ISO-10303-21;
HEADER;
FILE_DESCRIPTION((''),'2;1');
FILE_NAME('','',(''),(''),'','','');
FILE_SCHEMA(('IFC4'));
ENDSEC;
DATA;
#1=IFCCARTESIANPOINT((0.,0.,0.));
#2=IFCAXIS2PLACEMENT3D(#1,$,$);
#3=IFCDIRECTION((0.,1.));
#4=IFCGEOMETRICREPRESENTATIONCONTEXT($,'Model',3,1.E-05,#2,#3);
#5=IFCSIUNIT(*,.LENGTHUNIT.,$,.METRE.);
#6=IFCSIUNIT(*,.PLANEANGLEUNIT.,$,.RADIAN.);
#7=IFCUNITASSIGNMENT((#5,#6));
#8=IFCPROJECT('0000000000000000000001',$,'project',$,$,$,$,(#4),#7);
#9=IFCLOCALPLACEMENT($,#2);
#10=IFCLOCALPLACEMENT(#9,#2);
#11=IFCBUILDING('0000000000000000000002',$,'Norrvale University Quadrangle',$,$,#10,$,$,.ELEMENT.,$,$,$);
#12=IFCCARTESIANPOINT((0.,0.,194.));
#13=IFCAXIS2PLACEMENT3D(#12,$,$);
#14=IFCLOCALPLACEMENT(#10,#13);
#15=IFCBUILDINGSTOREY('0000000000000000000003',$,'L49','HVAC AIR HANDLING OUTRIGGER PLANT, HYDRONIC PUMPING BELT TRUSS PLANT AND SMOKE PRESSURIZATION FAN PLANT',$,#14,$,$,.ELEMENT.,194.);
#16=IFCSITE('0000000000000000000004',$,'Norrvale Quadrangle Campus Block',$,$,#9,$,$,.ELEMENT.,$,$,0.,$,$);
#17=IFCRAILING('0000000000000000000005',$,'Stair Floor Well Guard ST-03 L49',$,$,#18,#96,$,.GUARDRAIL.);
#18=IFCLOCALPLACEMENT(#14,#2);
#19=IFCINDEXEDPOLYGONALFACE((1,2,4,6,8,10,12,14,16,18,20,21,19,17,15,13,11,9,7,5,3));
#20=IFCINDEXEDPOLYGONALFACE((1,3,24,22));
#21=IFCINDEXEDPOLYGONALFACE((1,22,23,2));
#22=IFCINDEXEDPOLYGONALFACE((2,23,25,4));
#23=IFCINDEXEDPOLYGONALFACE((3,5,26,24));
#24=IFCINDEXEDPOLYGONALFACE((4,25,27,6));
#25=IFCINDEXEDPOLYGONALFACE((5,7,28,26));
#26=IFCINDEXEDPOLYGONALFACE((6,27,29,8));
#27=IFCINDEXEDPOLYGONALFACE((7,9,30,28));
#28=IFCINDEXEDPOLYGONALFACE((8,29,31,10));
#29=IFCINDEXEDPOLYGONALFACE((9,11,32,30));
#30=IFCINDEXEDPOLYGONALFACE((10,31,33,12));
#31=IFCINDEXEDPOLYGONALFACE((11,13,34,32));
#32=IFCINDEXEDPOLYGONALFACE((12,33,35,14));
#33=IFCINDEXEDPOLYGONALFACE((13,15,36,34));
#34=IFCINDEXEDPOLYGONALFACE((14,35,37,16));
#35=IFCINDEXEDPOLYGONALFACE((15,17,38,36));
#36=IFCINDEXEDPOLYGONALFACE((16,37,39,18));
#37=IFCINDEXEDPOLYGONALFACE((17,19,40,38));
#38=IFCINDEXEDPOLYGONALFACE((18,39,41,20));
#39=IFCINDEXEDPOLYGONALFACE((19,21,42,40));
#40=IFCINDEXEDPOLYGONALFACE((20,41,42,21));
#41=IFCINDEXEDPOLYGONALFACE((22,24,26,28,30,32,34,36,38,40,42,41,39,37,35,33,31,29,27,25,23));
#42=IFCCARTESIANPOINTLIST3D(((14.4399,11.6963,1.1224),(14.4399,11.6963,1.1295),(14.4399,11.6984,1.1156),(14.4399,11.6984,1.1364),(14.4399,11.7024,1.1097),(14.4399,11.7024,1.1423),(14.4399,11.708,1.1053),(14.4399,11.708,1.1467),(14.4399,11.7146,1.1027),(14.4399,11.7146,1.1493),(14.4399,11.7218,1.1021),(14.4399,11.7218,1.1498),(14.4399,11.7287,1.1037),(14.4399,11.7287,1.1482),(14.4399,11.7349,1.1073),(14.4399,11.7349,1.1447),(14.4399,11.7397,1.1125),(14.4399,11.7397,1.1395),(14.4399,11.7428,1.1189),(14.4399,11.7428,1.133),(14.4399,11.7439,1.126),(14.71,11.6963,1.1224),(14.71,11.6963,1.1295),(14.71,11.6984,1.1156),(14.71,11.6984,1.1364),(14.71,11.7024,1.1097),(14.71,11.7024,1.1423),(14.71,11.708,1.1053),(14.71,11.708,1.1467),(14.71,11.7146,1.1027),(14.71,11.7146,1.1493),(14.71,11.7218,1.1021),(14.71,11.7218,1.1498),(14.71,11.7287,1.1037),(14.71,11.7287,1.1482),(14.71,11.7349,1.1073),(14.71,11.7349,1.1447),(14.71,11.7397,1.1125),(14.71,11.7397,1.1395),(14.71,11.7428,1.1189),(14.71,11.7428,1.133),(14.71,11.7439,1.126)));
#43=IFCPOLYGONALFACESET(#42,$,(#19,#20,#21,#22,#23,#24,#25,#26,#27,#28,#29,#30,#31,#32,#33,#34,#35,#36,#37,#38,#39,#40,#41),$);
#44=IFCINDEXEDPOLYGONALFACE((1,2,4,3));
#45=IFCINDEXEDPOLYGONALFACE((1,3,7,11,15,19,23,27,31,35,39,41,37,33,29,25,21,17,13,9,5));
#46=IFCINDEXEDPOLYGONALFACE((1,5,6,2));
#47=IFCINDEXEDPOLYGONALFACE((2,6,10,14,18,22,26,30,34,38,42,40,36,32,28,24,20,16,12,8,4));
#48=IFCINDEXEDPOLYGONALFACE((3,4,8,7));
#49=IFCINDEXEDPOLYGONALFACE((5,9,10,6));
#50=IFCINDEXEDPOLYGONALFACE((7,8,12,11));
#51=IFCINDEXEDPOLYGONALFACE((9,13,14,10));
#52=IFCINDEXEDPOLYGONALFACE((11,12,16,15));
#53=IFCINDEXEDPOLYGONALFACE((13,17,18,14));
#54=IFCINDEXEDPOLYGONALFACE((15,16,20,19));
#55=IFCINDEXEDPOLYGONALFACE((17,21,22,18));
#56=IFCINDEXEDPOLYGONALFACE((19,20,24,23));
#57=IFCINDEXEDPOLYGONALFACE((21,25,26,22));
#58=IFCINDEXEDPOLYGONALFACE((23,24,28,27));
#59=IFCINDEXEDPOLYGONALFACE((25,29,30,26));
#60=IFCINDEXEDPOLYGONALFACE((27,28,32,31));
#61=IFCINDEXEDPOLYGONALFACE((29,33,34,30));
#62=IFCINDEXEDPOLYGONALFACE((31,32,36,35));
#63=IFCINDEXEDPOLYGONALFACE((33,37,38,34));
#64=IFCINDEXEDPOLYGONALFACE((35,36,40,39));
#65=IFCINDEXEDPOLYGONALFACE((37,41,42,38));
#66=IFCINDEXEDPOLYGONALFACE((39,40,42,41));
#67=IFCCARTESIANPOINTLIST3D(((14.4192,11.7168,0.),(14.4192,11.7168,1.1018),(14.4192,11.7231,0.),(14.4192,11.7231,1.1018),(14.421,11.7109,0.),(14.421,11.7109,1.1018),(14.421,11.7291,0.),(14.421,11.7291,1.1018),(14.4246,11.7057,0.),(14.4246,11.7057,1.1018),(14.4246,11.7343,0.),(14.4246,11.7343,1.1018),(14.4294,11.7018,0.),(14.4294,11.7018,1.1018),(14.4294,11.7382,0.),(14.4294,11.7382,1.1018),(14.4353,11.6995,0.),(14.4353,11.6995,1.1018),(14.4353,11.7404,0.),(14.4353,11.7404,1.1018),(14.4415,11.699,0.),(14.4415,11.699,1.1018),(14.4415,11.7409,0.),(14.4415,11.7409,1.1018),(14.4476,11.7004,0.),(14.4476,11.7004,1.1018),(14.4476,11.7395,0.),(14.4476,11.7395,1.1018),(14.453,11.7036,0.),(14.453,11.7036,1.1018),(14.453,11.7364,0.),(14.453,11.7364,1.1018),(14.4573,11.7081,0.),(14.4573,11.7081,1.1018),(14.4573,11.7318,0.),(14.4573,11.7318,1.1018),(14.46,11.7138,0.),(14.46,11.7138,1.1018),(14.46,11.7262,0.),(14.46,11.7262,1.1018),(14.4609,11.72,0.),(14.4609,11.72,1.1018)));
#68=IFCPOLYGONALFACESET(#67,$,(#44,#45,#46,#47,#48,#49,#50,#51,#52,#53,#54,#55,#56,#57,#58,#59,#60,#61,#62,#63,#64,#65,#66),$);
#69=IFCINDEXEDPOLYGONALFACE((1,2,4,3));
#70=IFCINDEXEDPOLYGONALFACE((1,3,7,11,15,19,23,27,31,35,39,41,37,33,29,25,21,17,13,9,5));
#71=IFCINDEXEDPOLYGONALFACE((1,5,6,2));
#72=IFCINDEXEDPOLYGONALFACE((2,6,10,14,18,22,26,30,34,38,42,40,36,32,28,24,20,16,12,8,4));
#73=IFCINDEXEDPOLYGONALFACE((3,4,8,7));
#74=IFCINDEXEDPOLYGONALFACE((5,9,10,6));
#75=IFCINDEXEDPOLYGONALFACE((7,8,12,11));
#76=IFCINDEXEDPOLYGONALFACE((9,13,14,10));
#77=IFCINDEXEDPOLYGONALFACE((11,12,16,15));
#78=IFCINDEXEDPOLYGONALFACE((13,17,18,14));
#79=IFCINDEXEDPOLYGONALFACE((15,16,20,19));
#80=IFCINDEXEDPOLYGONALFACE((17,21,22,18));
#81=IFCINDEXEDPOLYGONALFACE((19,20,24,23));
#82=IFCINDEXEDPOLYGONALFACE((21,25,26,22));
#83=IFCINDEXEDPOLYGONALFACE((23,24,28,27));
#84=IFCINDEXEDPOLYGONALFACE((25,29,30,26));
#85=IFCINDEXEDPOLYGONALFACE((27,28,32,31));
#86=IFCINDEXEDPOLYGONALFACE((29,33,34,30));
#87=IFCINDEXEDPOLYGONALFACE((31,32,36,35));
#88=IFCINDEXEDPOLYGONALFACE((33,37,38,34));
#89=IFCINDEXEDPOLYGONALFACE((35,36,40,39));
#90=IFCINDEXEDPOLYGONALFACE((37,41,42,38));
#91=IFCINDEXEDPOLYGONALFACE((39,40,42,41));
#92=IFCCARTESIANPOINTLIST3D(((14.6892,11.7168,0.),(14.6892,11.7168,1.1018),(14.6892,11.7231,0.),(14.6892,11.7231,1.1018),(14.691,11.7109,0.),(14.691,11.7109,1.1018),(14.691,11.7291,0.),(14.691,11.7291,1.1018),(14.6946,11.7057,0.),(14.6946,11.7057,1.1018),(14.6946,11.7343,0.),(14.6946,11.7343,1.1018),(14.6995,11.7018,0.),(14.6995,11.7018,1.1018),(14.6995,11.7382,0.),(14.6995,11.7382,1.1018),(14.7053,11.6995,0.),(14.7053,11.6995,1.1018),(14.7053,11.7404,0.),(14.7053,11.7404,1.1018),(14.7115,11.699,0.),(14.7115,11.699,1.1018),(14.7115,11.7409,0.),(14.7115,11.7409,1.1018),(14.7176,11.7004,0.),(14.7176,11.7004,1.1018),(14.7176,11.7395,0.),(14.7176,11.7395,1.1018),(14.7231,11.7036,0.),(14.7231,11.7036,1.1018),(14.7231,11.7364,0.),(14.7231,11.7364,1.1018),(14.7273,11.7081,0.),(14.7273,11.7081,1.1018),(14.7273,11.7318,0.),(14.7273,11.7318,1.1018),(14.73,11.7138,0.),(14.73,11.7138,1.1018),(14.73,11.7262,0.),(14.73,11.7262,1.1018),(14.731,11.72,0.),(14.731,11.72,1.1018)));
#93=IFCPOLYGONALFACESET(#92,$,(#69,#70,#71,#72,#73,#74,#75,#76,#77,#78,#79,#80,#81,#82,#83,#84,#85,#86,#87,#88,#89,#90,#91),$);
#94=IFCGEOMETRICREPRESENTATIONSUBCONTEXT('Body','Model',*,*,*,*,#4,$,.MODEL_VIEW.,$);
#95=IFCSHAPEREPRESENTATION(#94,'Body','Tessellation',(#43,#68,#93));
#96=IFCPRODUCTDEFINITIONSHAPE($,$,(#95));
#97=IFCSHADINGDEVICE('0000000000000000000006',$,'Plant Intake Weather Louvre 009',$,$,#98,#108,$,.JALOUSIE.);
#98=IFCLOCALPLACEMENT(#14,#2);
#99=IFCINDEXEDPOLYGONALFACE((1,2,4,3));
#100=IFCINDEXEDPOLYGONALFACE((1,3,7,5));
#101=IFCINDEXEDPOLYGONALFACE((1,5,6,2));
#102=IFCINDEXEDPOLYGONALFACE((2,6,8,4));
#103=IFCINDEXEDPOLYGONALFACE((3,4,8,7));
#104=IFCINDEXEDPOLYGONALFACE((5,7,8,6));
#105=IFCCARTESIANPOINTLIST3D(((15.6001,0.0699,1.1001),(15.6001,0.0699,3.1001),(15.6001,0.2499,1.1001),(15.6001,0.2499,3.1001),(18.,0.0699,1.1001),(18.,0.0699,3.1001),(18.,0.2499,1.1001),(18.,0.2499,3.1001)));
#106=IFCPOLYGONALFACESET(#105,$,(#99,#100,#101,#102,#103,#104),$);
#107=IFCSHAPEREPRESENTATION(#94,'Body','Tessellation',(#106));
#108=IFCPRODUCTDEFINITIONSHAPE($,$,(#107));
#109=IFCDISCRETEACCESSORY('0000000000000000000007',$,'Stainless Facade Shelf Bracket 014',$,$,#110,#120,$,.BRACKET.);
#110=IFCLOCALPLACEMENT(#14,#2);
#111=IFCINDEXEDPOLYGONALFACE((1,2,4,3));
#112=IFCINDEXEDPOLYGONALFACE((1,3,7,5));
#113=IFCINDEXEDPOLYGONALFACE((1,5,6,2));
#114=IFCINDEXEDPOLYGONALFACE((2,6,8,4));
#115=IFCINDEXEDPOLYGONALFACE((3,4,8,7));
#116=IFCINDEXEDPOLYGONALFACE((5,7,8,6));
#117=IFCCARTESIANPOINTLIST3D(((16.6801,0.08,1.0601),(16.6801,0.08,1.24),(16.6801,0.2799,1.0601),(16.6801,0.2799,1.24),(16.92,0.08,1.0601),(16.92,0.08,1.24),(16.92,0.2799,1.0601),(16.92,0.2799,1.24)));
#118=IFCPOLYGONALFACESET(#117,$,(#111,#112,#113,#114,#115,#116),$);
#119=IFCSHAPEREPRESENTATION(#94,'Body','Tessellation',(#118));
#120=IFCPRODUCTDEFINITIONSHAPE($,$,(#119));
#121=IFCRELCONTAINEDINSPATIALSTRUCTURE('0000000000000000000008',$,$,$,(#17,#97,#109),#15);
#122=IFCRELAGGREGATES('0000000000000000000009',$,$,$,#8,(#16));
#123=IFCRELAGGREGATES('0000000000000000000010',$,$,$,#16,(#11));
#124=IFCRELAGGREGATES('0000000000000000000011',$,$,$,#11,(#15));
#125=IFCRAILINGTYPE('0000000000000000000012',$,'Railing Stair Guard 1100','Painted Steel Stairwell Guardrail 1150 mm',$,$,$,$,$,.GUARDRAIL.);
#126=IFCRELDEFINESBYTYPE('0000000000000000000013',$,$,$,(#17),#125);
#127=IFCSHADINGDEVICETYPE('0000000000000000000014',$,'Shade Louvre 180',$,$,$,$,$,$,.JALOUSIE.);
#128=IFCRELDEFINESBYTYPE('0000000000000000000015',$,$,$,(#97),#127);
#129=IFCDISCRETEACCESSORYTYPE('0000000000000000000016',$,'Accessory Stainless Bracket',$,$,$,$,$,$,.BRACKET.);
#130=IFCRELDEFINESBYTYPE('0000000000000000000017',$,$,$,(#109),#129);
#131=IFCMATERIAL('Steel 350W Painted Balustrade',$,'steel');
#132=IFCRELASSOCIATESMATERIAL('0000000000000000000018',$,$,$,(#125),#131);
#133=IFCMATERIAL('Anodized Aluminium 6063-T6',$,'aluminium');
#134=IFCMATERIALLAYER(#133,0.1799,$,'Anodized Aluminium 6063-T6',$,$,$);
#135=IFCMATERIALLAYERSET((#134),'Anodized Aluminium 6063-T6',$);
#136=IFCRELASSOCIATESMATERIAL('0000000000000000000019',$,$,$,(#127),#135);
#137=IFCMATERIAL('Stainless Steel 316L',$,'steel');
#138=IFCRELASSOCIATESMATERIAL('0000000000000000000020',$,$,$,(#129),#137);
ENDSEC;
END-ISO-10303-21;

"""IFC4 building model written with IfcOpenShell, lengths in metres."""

from ifc_helpers import new_model, si_unit, direction, frame, origin, origin_2d, place, context, subcontext, project, spatial, rectangle, circle, extrude, material, layer, layer_set, type_object, element, save


model = new_model("IFC4")

# Units and contexts
model_context = context("Model", 3, precision=1e-05, world=origin(), true_north=direction((0.0, 1.0)))
body_context = subcontext(model_context, "Body", "Model", "MODEL_VIEW")
ifc_project = project(units=[si_unit("LENGTHUNIT", "METRE"), si_unit("PLANEANGLEUNIT", "RADIAN")], contexts=[model_context])

# Site, building, storey
site_placement = place(None, origin())
site = spatial("IfcSite", under=ifc_project, at=site_placement, Name="Norrvale Quadrangle Campus Block", CompositionType="ELEMENT", RefElevation=0.0)
building_placement = place(site_placement, origin())
building = spatial("IfcBuilding", under=site, at=building_placement, Name="Norrvale University Quadrangle", CompositionType="ELEMENT")
storey_placement = place(building_placement, frame((0.0, 0.0, 194.0)))
storey = spatial("IfcBuildingStorey", under=building, at=storey_placement, Name="L49", Description="HVAC AIR HANDLING OUTRIGGER PLANT, HYDRONIC PUMPING BELT TRUSS PLANT AND SMOKE PRESSURIZATION FAN PLANT", CompositionType="ELEMENT", Elevation=194.0)

# Railing
ifc_material_1 = material(Name="Steel 350W Painted Balustrade", Category="steel")
railing_type = type_object("IfcRailingType", Name="Railing Stair Guard 1100", Description="Painted Steel Stairwell Guardrail 1150 mm", PredefinedType="GUARDRAIL", material=ifc_material_1)
railing_placement = place(storey_placement, frame((14.4399, 11.72, 0.0)))
element("IfcRailing", 1, at=railing_placement, inside=storey, type_object=railing_type, Name="Stair Floor Well Guard ST-03 L49", PredefinedType="GUARDRAIL", context=body_context, shape_type="SweptSolid", body=[
    extrude(circle(Radius=0.0239, at=origin_2d()), frame((0.0, 0.0, 1.126), z_axis=(1.0, 0.0, 0.0), x_axis=(0.0, 1.0, 0.0)), (0.0, 0.0, 1.0), 0.27),
    extrude(circle(Radius=0.021, at=origin_2d()), origin(), (0.0, 0.0, 1.0), 1.1018),
    extrude(circle(Radius=0.021, at=origin_2d()), frame((0.27, 0.0, 0.0)), (0.0, 0.0, 1.0), 1.1018),
])

# Shading device
ifc_material_2 = material(Name="Anodized Aluminium 6063-T6", Category="aluminium")
ifc_layer_1 = layer(ifc_material_2, 0.1799, Name="Anodized Aluminium 6063-T6")
ifc_layer_set_1 = layer_set([ifc_layer_1], Name="Anodized Aluminium 6063-T6")
shading_device_type = type_object("IfcShadingDeviceType", Name="Shade Louvre 180", PredefinedType="JALOUSIE", material=ifc_layer_set_1)
shading_device_placement = place(storey_placement, frame((16.8, 0.1599, 1.1001), z_axis=(0.0, 0.0, 1.0), x_axis=(1.0, 0.0, 0.0)))
element("IfcShadingDevice", 2, at=shading_device_placement, inside=storey, type_object=shading_device_type, Name="Plant Intake Weather Louvre 009", PredefinedType="JALOUSIE", context=body_context, shape_type="SweptSolid", body=[
    extrude(rectangle(XDim=2.3999, YDim=0.1799, at=origin_2d()), origin(), (0.0, 0.0, 1.0), 2.0),
])

# Discrete accessory
ifc_material_3 = material(Name="Stainless Steel 316L", Category="steel")
discrete_accessory_type = type_object("IfcDiscreteAccessoryType", Name="Accessory Stainless Bracket", PredefinedType="BRACKET", material=ifc_material_3)
discrete_accessory_placement = place(storey_placement, frame((16.8, 0.1799, 1.0601), z_axis=(0.0, 0.0, 1.0), x_axis=(1.0, 0.0, 0.0)))
element("IfcDiscreteAccessory", 3, at=discrete_accessory_placement, inside=storey, type_object=discrete_accessory_type, Name="Stainless Facade Shelf Bracket 014", PredefinedType="BRACKET", context=body_context, shape_type="SweptSolid", body=[
    extrude(rectangle(XDim=0.24, YDim=0.2, at=origin_2d()), origin(), (0.0, 0.0, 1.0), 0.1799),
])

save(model, "model.ifc")
